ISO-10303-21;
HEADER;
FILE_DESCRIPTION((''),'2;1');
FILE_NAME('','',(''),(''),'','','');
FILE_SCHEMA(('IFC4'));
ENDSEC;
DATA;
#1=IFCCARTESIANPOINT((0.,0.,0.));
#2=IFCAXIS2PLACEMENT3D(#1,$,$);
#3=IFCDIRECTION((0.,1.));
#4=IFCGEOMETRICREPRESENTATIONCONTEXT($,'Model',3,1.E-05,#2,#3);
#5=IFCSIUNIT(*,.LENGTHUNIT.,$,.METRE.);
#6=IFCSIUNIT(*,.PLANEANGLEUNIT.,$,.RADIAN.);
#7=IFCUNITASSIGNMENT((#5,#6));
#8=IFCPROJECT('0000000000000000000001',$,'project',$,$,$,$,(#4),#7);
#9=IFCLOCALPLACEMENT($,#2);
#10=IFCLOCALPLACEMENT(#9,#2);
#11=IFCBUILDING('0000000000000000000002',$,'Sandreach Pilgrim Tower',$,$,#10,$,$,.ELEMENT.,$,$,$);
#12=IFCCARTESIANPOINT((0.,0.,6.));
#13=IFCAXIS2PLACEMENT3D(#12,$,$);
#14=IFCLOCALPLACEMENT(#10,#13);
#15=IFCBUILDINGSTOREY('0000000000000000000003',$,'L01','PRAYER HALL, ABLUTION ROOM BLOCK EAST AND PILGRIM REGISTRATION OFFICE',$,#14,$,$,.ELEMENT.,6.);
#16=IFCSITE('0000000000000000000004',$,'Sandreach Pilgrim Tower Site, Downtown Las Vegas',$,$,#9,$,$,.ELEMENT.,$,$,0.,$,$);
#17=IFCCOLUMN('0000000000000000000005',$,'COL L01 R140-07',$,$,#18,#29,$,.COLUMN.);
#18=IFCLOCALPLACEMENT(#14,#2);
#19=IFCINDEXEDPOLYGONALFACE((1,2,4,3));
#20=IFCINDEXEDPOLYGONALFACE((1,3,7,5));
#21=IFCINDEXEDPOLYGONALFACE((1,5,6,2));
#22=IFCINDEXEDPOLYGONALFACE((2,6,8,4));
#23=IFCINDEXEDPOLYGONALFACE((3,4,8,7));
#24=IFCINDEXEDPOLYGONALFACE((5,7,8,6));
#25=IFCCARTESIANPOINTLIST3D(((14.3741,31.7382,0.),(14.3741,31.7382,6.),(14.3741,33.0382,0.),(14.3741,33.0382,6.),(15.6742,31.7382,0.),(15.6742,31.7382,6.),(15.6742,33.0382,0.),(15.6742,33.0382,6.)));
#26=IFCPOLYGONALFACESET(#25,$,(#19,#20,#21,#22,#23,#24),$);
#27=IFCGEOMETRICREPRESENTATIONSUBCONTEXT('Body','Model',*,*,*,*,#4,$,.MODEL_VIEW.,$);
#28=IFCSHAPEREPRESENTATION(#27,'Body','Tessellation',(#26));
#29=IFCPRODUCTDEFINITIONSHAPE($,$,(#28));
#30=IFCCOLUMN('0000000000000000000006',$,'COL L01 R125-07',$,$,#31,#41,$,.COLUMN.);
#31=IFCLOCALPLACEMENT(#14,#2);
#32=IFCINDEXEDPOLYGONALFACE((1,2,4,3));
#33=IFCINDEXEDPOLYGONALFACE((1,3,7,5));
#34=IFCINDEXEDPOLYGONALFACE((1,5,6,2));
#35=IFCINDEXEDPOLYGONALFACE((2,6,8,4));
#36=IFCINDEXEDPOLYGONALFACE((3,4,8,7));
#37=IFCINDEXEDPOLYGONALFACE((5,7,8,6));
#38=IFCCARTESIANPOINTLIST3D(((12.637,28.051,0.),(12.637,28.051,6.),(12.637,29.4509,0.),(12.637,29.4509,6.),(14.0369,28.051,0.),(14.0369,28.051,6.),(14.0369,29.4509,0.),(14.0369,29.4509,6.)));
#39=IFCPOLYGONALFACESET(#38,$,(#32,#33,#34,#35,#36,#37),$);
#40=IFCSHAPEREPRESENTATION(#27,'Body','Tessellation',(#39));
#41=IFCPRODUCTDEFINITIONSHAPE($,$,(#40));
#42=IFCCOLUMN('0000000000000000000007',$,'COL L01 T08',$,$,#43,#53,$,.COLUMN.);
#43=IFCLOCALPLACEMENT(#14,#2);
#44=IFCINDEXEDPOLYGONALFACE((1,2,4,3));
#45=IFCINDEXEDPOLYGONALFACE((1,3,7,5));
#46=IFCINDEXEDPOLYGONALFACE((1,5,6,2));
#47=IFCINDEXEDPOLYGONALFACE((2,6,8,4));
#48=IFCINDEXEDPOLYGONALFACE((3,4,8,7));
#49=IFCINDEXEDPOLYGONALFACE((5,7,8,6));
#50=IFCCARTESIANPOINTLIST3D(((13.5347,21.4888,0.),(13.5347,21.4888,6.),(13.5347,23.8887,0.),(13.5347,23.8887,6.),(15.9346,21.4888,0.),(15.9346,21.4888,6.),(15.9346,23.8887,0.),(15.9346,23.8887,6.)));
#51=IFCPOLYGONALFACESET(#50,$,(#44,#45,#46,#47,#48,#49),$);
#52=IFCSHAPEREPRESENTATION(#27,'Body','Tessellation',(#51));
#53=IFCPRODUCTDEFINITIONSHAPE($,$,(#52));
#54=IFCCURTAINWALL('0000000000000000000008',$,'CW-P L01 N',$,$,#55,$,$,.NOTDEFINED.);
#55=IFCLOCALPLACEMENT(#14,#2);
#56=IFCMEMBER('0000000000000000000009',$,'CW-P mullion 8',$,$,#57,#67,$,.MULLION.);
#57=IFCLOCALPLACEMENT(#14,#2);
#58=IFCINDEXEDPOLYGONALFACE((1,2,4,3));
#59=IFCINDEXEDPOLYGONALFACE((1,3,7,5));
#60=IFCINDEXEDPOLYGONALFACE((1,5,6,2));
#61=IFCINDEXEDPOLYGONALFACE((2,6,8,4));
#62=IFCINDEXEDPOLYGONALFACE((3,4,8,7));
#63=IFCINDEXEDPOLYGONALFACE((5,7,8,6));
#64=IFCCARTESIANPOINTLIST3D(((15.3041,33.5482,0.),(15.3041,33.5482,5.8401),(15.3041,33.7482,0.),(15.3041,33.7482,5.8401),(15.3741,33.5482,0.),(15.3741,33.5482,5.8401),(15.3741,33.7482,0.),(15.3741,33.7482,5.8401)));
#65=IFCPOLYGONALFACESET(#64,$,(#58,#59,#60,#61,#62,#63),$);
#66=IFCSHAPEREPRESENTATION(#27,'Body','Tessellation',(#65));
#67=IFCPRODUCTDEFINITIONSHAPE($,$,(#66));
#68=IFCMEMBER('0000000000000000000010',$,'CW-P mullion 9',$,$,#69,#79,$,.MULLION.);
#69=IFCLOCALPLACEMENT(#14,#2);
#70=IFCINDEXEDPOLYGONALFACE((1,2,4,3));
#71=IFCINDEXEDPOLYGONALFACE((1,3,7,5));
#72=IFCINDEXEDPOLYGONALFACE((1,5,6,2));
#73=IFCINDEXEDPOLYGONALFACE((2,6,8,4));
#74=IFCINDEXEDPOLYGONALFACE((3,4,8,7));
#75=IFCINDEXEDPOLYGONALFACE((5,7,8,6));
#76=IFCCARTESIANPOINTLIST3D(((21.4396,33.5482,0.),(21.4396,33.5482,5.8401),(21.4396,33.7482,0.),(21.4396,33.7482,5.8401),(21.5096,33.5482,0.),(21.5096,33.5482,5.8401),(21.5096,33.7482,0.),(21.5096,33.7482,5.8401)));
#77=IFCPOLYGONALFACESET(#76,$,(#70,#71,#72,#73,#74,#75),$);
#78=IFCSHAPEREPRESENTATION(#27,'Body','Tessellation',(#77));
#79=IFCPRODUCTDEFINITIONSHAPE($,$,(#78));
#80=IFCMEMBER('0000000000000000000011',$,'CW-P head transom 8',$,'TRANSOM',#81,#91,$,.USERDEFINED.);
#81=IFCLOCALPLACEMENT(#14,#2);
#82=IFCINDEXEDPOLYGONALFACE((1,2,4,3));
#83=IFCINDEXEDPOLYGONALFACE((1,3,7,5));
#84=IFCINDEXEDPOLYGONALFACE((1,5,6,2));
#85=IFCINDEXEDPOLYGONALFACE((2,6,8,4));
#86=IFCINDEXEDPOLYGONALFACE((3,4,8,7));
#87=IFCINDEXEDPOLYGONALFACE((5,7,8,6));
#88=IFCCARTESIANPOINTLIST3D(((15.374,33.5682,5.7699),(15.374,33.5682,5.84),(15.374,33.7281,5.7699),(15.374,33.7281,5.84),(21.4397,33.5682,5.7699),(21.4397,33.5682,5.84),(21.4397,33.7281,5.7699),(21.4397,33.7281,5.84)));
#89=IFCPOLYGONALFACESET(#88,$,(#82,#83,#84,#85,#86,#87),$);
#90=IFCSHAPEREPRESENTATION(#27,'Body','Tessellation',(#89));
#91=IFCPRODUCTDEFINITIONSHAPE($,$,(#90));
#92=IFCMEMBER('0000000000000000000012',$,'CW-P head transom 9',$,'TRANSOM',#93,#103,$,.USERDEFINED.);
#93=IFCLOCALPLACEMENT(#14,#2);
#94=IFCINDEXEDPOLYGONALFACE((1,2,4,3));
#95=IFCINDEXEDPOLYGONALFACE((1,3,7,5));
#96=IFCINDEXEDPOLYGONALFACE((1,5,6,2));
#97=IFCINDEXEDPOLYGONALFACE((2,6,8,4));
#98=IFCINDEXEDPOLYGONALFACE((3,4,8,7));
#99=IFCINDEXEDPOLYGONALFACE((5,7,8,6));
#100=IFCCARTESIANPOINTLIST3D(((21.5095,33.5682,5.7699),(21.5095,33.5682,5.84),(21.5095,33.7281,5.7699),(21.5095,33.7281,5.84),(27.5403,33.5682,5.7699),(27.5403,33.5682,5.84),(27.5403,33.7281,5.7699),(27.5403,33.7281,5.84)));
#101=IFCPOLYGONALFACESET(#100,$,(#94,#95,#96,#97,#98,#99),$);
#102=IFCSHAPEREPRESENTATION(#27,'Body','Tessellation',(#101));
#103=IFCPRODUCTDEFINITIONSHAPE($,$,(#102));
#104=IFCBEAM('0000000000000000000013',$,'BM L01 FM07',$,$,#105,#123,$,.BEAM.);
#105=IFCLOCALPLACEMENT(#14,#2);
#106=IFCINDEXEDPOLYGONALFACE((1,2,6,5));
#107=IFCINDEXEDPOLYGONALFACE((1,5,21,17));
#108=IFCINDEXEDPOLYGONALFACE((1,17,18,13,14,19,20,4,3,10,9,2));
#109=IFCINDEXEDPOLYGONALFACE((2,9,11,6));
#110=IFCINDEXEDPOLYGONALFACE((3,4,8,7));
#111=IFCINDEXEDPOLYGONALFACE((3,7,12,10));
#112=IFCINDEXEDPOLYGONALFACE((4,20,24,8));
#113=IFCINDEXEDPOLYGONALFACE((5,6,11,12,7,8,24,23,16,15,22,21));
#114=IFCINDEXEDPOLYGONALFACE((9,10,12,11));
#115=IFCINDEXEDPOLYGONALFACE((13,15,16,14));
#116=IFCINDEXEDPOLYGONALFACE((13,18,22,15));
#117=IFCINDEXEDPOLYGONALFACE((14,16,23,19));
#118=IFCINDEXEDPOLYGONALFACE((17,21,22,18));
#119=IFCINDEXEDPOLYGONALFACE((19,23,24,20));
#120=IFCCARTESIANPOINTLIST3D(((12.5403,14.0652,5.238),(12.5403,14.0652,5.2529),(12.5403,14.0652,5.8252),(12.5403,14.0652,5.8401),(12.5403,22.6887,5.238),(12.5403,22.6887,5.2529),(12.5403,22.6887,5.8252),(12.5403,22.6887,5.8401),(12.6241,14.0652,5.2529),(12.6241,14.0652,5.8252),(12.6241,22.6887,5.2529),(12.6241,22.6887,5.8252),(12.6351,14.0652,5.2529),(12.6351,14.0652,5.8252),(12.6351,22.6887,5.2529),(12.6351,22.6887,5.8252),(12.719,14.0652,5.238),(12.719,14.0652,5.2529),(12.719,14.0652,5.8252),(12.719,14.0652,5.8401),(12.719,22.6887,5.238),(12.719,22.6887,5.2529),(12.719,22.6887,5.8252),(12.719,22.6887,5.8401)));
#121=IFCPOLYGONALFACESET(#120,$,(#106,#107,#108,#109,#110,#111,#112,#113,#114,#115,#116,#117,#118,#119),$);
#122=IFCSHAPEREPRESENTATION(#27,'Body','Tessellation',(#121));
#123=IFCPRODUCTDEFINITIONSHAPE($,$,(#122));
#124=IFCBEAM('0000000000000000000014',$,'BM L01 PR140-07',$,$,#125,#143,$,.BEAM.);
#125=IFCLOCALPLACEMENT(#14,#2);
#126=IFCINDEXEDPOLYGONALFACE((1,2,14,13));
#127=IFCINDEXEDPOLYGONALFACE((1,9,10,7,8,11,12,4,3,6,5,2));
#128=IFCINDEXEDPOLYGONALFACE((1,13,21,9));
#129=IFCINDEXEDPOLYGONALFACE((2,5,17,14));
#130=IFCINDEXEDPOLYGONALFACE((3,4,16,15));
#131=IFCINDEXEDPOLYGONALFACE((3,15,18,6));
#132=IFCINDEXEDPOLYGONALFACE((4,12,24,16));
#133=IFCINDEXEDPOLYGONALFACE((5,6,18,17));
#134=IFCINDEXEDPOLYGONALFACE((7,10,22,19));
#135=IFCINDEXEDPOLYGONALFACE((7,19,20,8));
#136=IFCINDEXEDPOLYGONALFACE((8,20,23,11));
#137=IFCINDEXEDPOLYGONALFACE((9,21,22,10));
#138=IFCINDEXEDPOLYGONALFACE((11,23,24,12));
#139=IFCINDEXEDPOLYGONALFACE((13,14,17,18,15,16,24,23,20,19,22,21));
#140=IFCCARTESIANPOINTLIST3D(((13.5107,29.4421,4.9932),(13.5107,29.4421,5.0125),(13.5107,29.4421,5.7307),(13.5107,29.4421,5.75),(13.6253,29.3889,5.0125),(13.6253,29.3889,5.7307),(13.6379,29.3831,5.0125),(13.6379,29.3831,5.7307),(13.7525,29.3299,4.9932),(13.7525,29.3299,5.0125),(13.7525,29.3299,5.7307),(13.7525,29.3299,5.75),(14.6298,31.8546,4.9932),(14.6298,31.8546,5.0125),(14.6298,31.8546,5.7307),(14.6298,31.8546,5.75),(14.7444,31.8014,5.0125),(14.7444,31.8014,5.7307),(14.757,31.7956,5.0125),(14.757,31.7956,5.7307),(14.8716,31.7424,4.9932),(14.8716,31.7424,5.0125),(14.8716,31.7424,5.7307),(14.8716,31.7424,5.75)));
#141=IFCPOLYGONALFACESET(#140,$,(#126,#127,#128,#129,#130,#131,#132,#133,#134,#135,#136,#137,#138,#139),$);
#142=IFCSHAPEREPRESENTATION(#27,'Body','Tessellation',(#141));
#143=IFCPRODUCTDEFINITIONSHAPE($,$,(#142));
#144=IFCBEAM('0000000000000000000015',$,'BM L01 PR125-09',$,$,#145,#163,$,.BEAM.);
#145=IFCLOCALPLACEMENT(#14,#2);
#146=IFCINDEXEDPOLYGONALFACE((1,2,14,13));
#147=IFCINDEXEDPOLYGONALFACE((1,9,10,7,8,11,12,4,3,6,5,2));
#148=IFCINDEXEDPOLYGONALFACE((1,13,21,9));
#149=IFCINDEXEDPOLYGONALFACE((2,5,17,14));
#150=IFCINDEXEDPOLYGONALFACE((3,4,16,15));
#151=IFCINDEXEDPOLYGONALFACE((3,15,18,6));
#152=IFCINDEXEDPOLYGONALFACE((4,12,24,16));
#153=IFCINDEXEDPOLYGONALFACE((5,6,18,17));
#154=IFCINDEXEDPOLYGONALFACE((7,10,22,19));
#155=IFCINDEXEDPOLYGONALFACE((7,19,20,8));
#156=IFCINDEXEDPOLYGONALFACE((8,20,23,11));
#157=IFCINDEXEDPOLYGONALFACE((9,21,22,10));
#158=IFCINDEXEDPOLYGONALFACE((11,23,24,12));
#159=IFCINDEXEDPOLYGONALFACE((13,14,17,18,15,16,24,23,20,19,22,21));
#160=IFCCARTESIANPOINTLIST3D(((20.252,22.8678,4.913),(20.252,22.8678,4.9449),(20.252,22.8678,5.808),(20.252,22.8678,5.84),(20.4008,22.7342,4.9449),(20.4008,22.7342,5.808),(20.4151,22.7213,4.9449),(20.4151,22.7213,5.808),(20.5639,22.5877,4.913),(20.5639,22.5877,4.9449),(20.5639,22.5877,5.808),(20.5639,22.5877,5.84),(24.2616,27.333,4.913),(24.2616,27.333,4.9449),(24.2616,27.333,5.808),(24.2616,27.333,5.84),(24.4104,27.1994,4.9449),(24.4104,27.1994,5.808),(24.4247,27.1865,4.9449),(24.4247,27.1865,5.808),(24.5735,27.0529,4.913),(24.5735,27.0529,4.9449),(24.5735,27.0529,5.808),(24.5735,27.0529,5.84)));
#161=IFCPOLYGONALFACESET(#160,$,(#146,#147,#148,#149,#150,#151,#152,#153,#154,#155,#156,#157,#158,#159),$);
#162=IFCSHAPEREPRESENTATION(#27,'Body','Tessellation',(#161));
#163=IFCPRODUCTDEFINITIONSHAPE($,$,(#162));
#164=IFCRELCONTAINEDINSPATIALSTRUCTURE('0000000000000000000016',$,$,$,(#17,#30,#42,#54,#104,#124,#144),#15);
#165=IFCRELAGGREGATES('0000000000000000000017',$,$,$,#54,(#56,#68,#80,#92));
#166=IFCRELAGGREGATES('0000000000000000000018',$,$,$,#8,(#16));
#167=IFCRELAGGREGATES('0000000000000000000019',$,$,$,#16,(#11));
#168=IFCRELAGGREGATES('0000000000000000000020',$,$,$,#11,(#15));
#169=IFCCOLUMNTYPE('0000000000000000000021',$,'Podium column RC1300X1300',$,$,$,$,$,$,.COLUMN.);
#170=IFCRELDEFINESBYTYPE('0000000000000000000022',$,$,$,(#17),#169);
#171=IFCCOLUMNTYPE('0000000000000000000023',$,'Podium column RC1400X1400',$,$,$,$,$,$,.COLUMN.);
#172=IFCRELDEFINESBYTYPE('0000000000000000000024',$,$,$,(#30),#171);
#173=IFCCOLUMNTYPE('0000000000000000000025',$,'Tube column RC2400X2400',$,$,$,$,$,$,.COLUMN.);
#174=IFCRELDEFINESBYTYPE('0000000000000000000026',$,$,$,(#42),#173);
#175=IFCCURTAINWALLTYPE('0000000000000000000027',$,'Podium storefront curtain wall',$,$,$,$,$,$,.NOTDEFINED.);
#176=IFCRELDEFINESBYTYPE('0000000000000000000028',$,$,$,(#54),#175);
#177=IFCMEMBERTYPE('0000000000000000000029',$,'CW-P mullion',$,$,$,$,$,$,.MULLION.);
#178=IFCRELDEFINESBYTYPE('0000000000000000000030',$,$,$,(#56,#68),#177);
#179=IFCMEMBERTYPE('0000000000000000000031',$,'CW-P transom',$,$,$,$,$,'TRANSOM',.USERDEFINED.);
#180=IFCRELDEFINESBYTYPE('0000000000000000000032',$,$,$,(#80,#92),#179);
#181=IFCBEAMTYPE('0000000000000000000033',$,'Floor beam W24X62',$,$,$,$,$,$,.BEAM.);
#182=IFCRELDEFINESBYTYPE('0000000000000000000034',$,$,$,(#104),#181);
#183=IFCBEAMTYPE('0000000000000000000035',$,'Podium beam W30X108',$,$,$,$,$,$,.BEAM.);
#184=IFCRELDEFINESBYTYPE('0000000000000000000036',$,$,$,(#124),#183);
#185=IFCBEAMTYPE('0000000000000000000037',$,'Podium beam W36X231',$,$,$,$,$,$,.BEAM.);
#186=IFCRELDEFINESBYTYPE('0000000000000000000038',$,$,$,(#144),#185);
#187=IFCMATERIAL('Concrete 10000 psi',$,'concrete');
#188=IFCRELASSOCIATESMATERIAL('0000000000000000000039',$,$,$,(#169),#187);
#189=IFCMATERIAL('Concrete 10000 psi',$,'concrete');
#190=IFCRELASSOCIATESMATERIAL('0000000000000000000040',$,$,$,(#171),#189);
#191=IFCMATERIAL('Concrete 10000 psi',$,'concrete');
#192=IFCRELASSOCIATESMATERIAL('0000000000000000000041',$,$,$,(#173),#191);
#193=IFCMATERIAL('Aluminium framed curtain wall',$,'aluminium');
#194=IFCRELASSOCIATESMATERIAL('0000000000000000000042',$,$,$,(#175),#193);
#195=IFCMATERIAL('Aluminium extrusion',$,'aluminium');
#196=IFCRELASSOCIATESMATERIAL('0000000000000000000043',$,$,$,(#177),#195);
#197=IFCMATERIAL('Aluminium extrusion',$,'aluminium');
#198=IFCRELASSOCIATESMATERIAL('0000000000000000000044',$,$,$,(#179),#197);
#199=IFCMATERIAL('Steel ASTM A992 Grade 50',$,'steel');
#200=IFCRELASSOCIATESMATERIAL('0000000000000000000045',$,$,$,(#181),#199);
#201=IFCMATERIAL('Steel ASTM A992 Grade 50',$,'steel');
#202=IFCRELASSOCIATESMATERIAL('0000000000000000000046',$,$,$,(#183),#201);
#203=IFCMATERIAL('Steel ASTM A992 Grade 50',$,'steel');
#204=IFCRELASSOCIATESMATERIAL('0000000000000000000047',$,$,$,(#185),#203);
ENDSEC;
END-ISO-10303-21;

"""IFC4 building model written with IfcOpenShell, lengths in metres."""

from ifc_helpers import new_model, si_unit, direction, frame, origin, origin_2d, place, context, subcontext, project, spatial, rectangle, i_section, extrude, material, material_profile, profile_set, type_object, element, aggregate, save


model = new_model("IFC4")

# Units and contexts
model_context = context("Model", 3, precision=1e-05, world=origin(), true_north=direction((0.0, 1.0)))
body_context = subcontext(model_context, "Body", "Model", "MODEL_VIEW")
ifc_project = project(units=[si_unit("LENGTHUNIT", "METRE"), si_unit("PLANEANGLEUNIT", "RADIAN")], contexts=[model_context])

# Site, building, storey
site_placement = place(None, origin())
site = spatial("IfcSite", under=ifc_project, at=site_placement, Name="Sandreach Pilgrim Tower Site, Downtown Las Vegas", CompositionType="ELEMENT", RefElevation=0.0)
building_placement = place(site_placement, origin())
building = spatial("IfcBuilding", under=site, at=building_placement, Name="Sandreach Pilgrim Tower", CompositionType="ELEMENT")
storey_placement = place(building_placement, frame((0.0, 0.0, 6.0)))
storey = spatial("IfcBuildingStorey", under=building, at=storey_placement, Name="L01", Description="PRAYER HALL, ABLUTION ROOM BLOCK EAST AND PILGRIM REGISTRATION OFFICE", CompositionType="ELEMENT", Elevation=6.0)

# Columns
ifc_material_1 = material(Name="Concrete 10000 psi", Category="concrete")
ifc_material_profile_1 = material_profile(ifc_material_1, rectangle(XDim=1.3, YDim=1.3, at=origin_2d()), Name="RC1300X1300")
ifc_profile_set_1 = profile_set([ifc_material_profile_1], Name="Concrete 10000 psi")
column_type_1 = type_object("IfcColumnType", Name="Podium column RC1300X1300", PredefinedType="COLUMN", material=ifc_profile_set_1)
column_1_placement = place(storey_placement, frame((15.0242, 32.3882, 0.0), z_axis=(0.0, 0.0, 1.0), x_axis=(0.0, 1.0, 0.0)))
element("IfcColumn", 1, at=column_1_placement, inside=storey, type_object=column_type_1, Name="COL L01 R140-07", PredefinedType="COLUMN", context=body_context, shape_type="SweptSolid", body=[
    extrude(rectangle(XDim=1.3, YDim=1.3, at=origin_2d()), origin(), (0.0, 0.0, 1.0), 6.0),
])
ifc_material_2 = material(Name="Concrete 10000 psi", Category="concrete")
ifc_material_profile_2 = material_profile(ifc_material_2, rectangle(XDim=1.3999, YDim=1.3999, at=origin_2d()), Name="RC1400X1400")
ifc_profile_set_2 = profile_set([ifc_material_profile_2], Name="Concrete 10000 psi")
column_type_2 = type_object("IfcColumnType", Name="Podium column RC1400X1400", PredefinedType="COLUMN", material=ifc_profile_set_2)
column_2_placement = place(storey_placement, frame((13.3369, 28.751, 0.0), z_axis=(0.0, 0.0, 1.0), x_axis=(0.0, 1.0, 0.0)))
element("IfcColumn", 2, at=column_2_placement, inside=storey, type_object=column_type_2, Name="COL L01 R125-07", PredefinedType="COLUMN", context=body_context, shape_type="SweptSolid", body=[
    extrude(rectangle(XDim=1.3999, YDim=1.3999, at=origin_2d()), origin(), (0.0, 0.0, 1.0), 6.0),
])
ifc_material_3 = material(Name="Concrete 10000 psi", Category="concrete")
ifc_material_profile_3 = material_profile(ifc_material_3, rectangle(XDim=2.3999, YDim=2.3999, at=origin_2d()), Name="RC2400X2400")
ifc_profile_set_3 = profile_set([ifc_material_profile_3], Name="Concrete 10000 psi")
column_type_3 = type_object("IfcColumnType", Name="Tube column RC2400X2400", PredefinedType="COLUMN", material=ifc_profile_set_3)
column_3_placement = place(storey_placement, frame((14.7346, 22.6887, 0.0), z_axis=(0.0, 0.0, 1.0), x_axis=(0.0, 1.0, 0.0)))
element("IfcColumn", 3, at=column_3_placement, inside=storey, type_object=column_type_3, Name="COL L01 T08", PredefinedType="COLUMN", context=body_context, shape_type="SweptSolid", body=[
    extrude(rectangle(XDim=2.3999, YDim=2.3999, at=origin_2d()), origin(), (0.0, 0.0, 1.0), 6.0),
])

# Curtain wall, members
ifc_material_4 = material(Name="Aluminium framed curtain wall", Category="aluminium")
curtain_wall_type = type_object("IfcCurtainWallType", Name="Podium storefront curtain wall", PredefinedType="NOTDEFINED", material=ifc_material_4)
curtain_wall_placement = place(storey_placement, origin())
curtain_wall = element("IfcCurtainWall", 4, at=curtain_wall_placement, inside=storey, type_object=curtain_wall_type, Name="CW-P L01 N", PredefinedType="NOTDEFINED")
ifc_material_5 = material(Name="Aluminium extrusion", Category="aluminium")
ifc_material_profile_4 = material_profile(ifc_material_5, rectangle(XDim=0.0701, YDim=0.2, at=origin_2d()), Name="CW-PM 70X200")
ifc_profile_set_4 = profile_set([ifc_material_profile_4], Name="Aluminium extrusion")
member_type_1 = type_object("IfcMemberType", Name="CW-P mullion", PredefinedType="MULLION", material=ifc_profile_set_4)
member_1_placement = place(storey_placement, frame((15.3391, 33.6482, 0.0), z_axis=(0.0, 0.0, 1.0), x_axis=(1.0, 0.0, 0.0)))
member_1 = element("IfcMember", 5, at=member_1_placement, type_object=member_type_1, Name="CW-P mullion 8", PredefinedType="MULLION", context=body_context, shape_type="SweptSolid", body=[
    extrude(rectangle(XDim=0.0701, YDim=0.2, at=origin_2d()), origin(), (0.0, 0.0, 1.0), 5.8401),
])
member_2_placement = place(storey_placement, frame((21.4746, 33.6482, 0.0), z_axis=(0.0, 0.0, 1.0), x_axis=(1.0, 0.0, 0.0)))
member_2 = element("IfcMember", 6, at=member_2_placement, type_object=member_type_1, Name="CW-P mullion 9", PredefinedType="MULLION", context=body_context, shape_type="SweptSolid", body=[
    extrude(rectangle(XDim=0.0701, YDim=0.2, at=origin_2d()), origin(), (0.0, 0.0, 1.0), 5.8401),
])
ifc_material_6 = material(Name="Aluminium extrusion", Category="aluminium")
ifc_material_profile_5 = material_profile(ifc_material_6, rectangle(XDim=0.1599, YDim=0.0701, at=origin_2d()), Name="CW-PT 160X70")
ifc_profile_set_5 = profile_set([ifc_material_profile_5], Name="Aluminium extrusion")
member_type_2 = type_object("IfcMemberType", Name="CW-P transom", ElementType="TRANSOM", PredefinedType="USERDEFINED", material=ifc_profile_set_5)
member_3_placement = place(storey_placement, frame((15.374, 33.6482, 5.8049), z_axis=(1.0, 0.0, 0.0), x_axis=(0.0, 1.0, 0.0)))
member_3 = element("IfcMember", 7, at=member_3_placement, type_object=member_type_2, Name="CW-P head transom 8", ObjectType="TRANSOM", PredefinedType="USERDEFINED", context=body_context, shape_type="SweptSolid", body=[
    extrude(rectangle(XDim=0.1599, YDim=0.0701, at=origin_2d()), origin(), (0.0, 0.0, 1.0), 6.0657),
])
member_4_placement = place(storey_placement, frame((21.5095, 33.6482, 5.8049), z_axis=(1.0, 0.0, 0.0), x_axis=(0.0, 1.0, 0.0)))
member_4 = element("IfcMember", 8, at=member_4_placement, type_object=member_type_2, Name="CW-P head transom 9", ObjectType="TRANSOM", PredefinedType="USERDEFINED", context=body_context, shape_type="SweptSolid", body=[
    extrude(rectangle(XDim=0.1599, YDim=0.0701, at=origin_2d()), origin(), (0.0, 0.0, 1.0), 6.0308),
])

# Beams
ifc_material_7 = material(Name="Steel ASTM A992 Grade 50", Category="steel")
ifc_material_profile_6 = material_profile(ifc_material_7, i_section(OverallWidth=0.1787, OverallDepth=0.6021, WebThickness=0.011, FlangeThickness=0.0149, at=origin_2d()), Name="W24X62")
ifc_profile_set_6 = profile_set([ifc_material_profile_6], Name="Steel ASTM A992 Grade 50")
beam_type_1 = type_object("IfcBeamType", Name="Floor beam W24X62", PredefinedType="BEAM", material=ifc_profile_set_6)
beam_1_placement = place(storey_placement, frame((12.6296, 22.6887, 5.5391), z_axis=(0.0, -1.0, 0.0), x_axis=(1.0, 0.0, 0.0)))
element("IfcBeam", 9, at=beam_1_placement, inside=storey, type_object=beam_type_1, Name="BM L01 FM07", PredefinedType="BEAM", context=body_context, shape_type="SweptSolid", body=[
    extrude(i_section(OverallWidth=0.1787, OverallDepth=0.6021, WebThickness=0.011, FlangeThickness=0.0149, at=origin_2d()), origin(), (0.0, 0.0, 1.0), 8.6235),
])
ifc_material_8 = material(Name="Steel ASTM A992 Grade 50", Category="steel")
ifc_material_profile_7 = material_profile(ifc_material_8, i_section(OverallWidth=0.2666, OverallDepth=0.7568, WebThickness=0.0139, FlangeThickness=0.0193, at=origin_2d()), Name="W30X108")
ifc_profile_set_7 = profile_set([ifc_material_profile_7], Name="Steel ASTM A992 Grade 50")
beam_type_2 = type_object("IfcBeamType", Name="Podium beam W30X108", PredefinedType="BEAM", material=ifc_profile_set_7)
beam_2_placement = place(storey_placement, frame((13.6316, 29.386, 5.3716), z_axis=(0.420804, 0.907152, 0.0), x_axis=(-0.907152, 0.420804, 0.0)))
element("IfcBeam", 10, at=beam_2_placement, inside=storey, type_object=beam_type_2, Name="BM L01 PR140-07", PredefinedType="BEAM", context=body_context, shape_type="SweptSolid", body=[
    extrude(i_section(OverallWidth=0.2666, OverallDepth=0.7568, WebThickness=0.0139, FlangeThickness=0.0193, at=origin_2d()), origin(), (0.0, 0.0, 1.0), 2.6594),
])
ifc_material_9 = material(Name="Steel ASTM A992 Grade 50", Category="steel")
ifc_material_profile_8 = material_profile(ifc_material_9, i_section(OverallWidth=0.4192, OverallDepth=0.927, WebThickness=0.0193, FlangeThickness=0.032, at=origin_2d()), Name="W36X231")
ifc_profile_set_8 = profile_set([ifc_material_profile_8], Name="Steel ASTM A992 Grade 50")
beam_type_3 = type_object("IfcBeamType", Name="Podium beam W36X231", PredefinedType="BEAM", material=ifc_profile_set_8)
beam_3_placement = place(storey_placement, frame((20.408, 22.7278, 5.3765), z_axis=(0.66813, 0.744044, 0.0), x_axis=(-0.744044, 0.66813, 0.0)))
element("IfcBeam", 11, at=beam_3_placement, inside=storey, type_object=beam_type_3, Name="BM L01 PR125-09", PredefinedType="BEAM", context=body_context, shape_type="SweptSolid", body=[
    extrude(i_section(OverallWidth=0.4192, OverallDepth=0.927, WebThickness=0.0193, FlangeThickness=0.032, at=origin_2d()), origin(), (0.0, 0.0, 1.0), 6.0012),
])

aggregate(curtain_wall, [member_1, member_2, member_3, member_4])

save(model, "model.ifc")
